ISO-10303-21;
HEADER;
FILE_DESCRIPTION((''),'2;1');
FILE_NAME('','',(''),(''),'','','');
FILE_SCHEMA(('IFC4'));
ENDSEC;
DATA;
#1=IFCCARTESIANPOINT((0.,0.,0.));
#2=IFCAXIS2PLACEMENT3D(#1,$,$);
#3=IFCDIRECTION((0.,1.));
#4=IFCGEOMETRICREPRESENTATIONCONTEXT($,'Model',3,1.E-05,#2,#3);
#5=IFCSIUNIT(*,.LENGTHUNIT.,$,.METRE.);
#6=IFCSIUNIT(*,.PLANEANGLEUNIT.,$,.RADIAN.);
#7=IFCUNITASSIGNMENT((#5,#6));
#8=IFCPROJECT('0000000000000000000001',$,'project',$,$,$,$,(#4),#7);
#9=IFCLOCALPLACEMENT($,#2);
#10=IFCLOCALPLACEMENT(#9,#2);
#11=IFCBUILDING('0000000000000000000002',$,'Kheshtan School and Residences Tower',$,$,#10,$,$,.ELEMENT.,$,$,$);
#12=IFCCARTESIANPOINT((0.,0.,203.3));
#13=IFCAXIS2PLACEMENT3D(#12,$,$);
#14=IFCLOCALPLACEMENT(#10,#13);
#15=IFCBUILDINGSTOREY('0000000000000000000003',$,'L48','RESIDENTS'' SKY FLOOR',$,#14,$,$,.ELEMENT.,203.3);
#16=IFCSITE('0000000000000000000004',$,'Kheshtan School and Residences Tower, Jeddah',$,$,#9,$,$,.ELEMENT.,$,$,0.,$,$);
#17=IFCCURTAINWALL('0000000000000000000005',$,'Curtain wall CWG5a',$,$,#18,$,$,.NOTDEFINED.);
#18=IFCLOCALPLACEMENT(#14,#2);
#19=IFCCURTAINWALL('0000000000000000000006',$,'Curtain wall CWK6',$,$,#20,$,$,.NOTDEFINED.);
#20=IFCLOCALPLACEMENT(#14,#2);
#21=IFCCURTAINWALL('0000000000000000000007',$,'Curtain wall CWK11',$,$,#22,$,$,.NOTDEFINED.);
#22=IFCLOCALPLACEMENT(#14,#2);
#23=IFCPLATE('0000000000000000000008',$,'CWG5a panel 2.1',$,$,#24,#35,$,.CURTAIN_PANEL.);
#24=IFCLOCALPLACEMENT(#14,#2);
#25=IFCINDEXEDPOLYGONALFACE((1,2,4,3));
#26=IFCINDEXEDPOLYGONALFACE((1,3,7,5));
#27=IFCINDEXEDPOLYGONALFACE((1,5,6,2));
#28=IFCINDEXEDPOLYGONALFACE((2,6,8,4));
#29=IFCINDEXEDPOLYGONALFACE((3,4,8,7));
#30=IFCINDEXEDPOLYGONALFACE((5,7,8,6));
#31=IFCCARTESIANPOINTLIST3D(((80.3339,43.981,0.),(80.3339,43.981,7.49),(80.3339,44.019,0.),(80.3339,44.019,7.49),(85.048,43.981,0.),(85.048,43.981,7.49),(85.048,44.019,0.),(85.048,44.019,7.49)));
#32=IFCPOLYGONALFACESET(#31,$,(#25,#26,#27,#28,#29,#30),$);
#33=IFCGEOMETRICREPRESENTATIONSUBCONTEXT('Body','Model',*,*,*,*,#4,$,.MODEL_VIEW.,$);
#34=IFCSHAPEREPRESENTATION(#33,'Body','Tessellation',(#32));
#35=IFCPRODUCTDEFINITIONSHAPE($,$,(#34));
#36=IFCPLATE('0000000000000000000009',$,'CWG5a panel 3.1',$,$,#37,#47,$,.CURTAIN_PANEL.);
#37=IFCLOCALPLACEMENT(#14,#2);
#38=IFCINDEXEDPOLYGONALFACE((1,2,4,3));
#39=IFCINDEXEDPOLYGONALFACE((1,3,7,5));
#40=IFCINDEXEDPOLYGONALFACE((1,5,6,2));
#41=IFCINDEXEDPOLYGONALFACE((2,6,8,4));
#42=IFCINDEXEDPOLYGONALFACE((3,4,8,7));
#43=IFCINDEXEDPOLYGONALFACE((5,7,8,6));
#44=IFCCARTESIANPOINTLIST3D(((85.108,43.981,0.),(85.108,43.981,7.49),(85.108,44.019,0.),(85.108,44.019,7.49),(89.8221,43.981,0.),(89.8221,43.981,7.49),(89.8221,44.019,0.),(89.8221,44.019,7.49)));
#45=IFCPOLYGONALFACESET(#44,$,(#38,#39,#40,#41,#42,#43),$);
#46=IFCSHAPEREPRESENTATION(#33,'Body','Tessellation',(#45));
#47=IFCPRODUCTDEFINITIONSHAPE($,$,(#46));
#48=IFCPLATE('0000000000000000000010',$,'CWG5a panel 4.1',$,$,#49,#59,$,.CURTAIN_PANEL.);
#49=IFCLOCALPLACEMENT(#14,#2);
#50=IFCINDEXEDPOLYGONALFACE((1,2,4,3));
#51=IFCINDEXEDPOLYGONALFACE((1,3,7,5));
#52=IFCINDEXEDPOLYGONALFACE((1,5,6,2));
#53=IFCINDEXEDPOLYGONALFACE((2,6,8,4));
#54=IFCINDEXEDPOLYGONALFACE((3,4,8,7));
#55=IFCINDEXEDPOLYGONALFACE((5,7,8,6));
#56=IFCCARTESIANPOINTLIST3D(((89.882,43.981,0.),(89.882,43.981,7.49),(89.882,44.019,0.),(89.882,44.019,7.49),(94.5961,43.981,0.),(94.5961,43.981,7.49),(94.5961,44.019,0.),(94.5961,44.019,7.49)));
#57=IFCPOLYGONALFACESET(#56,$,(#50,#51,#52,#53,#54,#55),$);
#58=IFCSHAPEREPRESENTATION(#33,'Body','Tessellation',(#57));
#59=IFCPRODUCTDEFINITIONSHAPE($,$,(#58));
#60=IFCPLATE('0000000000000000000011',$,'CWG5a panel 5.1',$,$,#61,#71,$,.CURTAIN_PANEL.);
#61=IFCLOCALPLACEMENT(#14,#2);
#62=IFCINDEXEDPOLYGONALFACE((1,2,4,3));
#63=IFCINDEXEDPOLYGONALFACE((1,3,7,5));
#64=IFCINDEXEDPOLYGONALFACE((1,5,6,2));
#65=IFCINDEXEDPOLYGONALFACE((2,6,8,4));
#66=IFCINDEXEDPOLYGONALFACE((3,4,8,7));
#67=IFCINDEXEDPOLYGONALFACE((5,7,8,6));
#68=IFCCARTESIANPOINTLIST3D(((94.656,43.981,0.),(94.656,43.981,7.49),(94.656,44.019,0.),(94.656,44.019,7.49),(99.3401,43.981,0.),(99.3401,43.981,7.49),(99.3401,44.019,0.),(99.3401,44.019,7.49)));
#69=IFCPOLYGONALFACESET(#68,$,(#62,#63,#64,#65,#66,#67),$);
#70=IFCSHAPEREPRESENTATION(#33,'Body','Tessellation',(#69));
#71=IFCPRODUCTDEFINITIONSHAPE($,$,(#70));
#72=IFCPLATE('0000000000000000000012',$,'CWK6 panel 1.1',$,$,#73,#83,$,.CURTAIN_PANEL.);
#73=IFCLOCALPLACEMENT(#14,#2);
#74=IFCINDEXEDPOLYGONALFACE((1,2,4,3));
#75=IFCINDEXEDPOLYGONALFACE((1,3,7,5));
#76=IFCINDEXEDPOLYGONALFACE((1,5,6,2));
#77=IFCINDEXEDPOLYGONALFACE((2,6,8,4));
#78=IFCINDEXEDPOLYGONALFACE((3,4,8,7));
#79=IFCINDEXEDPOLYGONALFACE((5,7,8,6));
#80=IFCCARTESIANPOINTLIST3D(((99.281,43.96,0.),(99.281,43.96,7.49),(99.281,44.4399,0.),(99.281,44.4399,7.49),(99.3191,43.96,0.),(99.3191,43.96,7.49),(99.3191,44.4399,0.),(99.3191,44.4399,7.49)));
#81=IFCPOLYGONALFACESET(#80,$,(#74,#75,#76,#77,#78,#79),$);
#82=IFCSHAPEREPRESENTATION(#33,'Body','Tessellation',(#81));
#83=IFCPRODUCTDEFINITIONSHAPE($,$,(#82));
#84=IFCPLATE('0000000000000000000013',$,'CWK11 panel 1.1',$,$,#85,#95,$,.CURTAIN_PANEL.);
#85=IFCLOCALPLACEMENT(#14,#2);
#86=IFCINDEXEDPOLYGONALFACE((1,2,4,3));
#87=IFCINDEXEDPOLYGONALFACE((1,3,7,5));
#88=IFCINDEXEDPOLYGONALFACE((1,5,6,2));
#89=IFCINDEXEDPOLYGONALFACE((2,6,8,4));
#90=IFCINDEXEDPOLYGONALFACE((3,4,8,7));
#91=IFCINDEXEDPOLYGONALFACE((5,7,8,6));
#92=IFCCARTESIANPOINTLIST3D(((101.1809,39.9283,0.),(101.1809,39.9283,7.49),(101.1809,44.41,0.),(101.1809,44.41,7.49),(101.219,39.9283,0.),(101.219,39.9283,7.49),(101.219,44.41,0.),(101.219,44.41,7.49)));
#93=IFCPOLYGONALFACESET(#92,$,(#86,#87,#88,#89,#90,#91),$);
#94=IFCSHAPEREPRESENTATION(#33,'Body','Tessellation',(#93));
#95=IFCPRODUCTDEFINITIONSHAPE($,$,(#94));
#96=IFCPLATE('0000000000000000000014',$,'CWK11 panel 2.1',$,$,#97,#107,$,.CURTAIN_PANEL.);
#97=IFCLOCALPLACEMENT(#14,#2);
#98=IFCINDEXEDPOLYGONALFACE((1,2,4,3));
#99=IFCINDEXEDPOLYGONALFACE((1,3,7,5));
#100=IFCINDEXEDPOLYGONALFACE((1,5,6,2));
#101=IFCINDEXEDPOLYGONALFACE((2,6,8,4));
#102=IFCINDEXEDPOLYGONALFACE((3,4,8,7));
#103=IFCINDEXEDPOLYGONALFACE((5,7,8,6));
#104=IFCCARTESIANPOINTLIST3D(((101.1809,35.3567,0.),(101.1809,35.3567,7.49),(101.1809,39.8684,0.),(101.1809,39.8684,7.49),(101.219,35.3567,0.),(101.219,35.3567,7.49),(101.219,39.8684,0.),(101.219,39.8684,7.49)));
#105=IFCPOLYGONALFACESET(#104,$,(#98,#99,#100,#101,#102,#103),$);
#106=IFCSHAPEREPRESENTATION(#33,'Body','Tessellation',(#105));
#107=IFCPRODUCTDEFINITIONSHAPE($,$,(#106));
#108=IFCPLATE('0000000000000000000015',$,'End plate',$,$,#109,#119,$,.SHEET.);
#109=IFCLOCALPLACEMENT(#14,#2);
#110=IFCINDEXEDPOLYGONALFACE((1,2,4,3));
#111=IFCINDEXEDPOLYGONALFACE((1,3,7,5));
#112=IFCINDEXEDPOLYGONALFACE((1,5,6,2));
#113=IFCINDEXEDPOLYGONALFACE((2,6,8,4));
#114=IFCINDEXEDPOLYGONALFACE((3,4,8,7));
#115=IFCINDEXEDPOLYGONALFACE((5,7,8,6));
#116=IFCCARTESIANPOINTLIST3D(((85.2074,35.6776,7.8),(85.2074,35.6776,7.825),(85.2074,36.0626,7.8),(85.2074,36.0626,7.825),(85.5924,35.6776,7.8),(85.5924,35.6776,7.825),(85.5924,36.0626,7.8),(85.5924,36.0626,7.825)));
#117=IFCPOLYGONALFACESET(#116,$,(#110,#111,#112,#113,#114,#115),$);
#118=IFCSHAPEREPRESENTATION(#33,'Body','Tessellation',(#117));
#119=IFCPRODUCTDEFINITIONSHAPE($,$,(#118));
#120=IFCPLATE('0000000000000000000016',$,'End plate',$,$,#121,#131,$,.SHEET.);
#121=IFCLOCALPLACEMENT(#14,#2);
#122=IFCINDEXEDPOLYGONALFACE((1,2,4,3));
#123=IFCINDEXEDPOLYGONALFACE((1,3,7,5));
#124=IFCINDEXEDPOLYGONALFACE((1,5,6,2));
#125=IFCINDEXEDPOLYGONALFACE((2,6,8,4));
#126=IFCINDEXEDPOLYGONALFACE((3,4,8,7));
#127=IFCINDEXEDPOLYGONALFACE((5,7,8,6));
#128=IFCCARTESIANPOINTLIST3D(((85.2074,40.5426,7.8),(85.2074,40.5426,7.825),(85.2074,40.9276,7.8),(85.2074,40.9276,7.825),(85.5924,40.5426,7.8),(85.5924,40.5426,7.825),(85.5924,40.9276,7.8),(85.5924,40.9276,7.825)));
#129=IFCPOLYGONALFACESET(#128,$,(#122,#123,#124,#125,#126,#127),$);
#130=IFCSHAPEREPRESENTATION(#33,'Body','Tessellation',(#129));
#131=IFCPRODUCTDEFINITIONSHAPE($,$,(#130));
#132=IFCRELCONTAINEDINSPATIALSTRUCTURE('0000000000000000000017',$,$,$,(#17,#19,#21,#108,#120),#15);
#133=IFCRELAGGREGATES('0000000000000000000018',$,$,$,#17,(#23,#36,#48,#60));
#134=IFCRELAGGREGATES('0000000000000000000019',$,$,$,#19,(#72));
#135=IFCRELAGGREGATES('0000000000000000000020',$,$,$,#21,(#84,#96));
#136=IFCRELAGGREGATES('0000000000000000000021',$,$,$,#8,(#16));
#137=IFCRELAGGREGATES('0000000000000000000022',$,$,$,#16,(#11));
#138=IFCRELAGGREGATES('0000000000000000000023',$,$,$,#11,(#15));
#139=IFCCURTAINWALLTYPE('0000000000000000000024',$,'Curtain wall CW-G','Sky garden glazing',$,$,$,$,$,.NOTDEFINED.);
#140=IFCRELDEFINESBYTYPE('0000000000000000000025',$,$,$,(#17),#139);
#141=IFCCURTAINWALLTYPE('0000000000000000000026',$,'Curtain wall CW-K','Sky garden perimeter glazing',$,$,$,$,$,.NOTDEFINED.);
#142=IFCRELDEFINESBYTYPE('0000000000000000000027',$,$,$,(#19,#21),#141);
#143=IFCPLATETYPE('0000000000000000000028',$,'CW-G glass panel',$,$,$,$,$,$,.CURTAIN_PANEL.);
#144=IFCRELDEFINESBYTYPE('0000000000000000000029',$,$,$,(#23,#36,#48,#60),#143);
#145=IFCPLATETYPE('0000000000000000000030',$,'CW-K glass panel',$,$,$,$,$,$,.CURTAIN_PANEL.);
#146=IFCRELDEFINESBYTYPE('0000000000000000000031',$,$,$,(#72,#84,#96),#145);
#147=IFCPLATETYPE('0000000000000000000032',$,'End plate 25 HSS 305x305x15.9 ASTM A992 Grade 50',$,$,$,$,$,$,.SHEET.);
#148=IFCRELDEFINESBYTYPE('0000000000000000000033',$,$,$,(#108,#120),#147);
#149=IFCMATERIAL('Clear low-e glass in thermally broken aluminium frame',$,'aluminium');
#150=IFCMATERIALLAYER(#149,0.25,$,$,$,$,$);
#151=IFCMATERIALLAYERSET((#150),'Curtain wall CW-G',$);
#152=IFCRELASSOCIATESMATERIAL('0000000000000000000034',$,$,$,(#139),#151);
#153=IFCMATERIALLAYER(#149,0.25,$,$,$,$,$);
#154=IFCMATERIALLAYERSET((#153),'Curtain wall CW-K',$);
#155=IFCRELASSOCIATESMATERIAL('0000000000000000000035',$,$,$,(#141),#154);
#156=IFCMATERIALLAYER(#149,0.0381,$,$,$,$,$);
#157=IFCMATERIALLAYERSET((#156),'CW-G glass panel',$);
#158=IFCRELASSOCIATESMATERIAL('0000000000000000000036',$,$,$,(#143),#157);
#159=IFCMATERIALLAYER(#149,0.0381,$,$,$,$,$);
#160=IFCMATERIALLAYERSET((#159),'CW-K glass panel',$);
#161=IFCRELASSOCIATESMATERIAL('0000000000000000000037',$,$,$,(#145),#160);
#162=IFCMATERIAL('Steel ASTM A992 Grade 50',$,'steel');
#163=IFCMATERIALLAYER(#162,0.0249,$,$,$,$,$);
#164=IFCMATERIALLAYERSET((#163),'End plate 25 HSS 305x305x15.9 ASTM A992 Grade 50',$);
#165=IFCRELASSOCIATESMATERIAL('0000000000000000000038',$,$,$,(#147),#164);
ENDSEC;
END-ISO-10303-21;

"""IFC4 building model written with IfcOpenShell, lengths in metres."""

from ifc_helpers import new_model, si_unit, direction, frame, origin, origin_2d, place, context, subcontext, project, spatial, rectangle, extrude, material, layer, layer_set, type_object, element, aggregate, save


model = new_model("IFC4")

# Units and contexts
model_context = context("Model", 3, precision=1e-05, world=origin(), true_north=direction((0.0, 1.0)))
body_context = subcontext(model_context, "Body", "Model", "MODEL_VIEW")
ifc_project = project(units=[si_unit("LENGTHUNIT", "METRE"), si_unit("PLANEANGLEUNIT", "RADIAN")], contexts=[model_context])

# Site, building, storey
site_placement = place(None, origin())
site = spatial("IfcSite", under=ifc_project, at=site_placement, Name="Kheshtan School and Residences Tower, Jeddah", CompositionType="ELEMENT", RefElevation=0.0)
building_placement = place(site_placement, origin())
building = spatial("IfcBuilding", under=site, at=building_placement, Name="Kheshtan School and Residences Tower", CompositionType="ELEMENT")
storey_placement = place(building_placement, frame((0.0, 0.0, 203.3)))
storey = spatial("IfcBuildingStorey", under=building, at=storey_placement, Name="L48", Description="RESIDENTS' SKY FLOOR", CompositionType="ELEMENT", Elevation=203.3)

# Shared definitions
ifc_material_1 = material(Name="Steel ASTM A992 Grade 50", Category="steel")

# Curtain walls
ifc_material_2 = material(Name="Clear low-e glass in thermally broken aluminium frame", Category="aluminium")
ifc_layer_1 = layer(ifc_material_2, 0.25)
ifc_layer_set_1 = layer_set([ifc_layer_1], Name="Curtain wall CW-G")
curtain_wall_type_1 = type_object("IfcCurtainWallType", Name="Curtain wall CW-G", Description="Sky garden glazing", PredefinedType="NOTDEFINED", material=ifc_layer_set_1)
curtain_wall_1_placement = place(storey_placement, origin())
curtain_wall_1 = element("IfcCurtainWall", 1, at=curtain_wall_1_placement, inside=storey, type_object=curtain_wall_type_1, Name="Curtain wall CWG5a", PredefinedType="NOTDEFINED")
ifc_layer_2 = layer(ifc_material_2, 0.25)
ifc_layer_set_2 = layer_set([ifc_layer_2], Name="Curtain wall CW-K")
curtain_wall_type_2 = type_object("IfcCurtainWallType", Name="Curtain wall CW-K", Description="Sky garden perimeter glazing", PredefinedType="NOTDEFINED", material=ifc_layer_set_2)
curtain_wall_2_placement = place(storey_placement, origin())
curtain_wall_2 = element("IfcCurtainWall", 2, at=curtain_wall_2_placement, inside=storey, type_object=curtain_wall_type_2, Name="Curtain wall CWK6", PredefinedType="NOTDEFINED")

# Curtain wall
curtain_wall_3_placement = place(storey_placement, origin())
curtain_wall_3 = element("IfcCurtainWall", 3, at=curtain_wall_3_placement, inside=storey, type_object=curtain_wall_type_2, Name="Curtain wall CWK11", PredefinedType="NOTDEFINED")

# Plates
ifc_layer_3 = layer(ifc_material_2, 0.0381)
ifc_layer_set_3 = layer_set([ifc_layer_3], Name="CW-G glass panel")
plate_type_1 = type_object("IfcPlateType", Name="CW-G glass panel", PredefinedType="CURTAIN_PANEL", material=ifc_layer_set_3)
plate_1_placement = place(storey_placement, frame((82.6909, 44.0, 0.0), z_axis=(0.0, 0.0, 1.0), x_axis=(1.0, 0.0, 0.0)))
plate_1 = element("IfcPlate", 4, at=plate_1_placement, type_object=plate_type_1, Name="CWG5a panel 2.1", PredefinedType="CURTAIN_PANEL", context=body_context, shape_type="SweptSolid", body=[
    extrude(rectangle(XDim=4.7141, YDim=0.0381, at=origin_2d()), origin(), (0.0, 0.0, 1.0), 7.49),
])
plate_2_placement = place(storey_placement, frame((87.4651, 44.0, 0.0), z_axis=(0.0, 0.0, 1.0), x_axis=(1.0, 0.0, 0.0)))
plate_2 = element("IfcPlate", 5, at=plate_2_placement, type_object=plate_type_1, Name="CWG5a panel 3.1", PredefinedType="CURTAIN_PANEL", context=body_context, shape_type="SweptSolid", body=[
    extrude(rectangle(XDim=4.7141, YDim=0.0381, at=origin_2d()), origin(), (0.0, 0.0, 1.0), 7.49),
])
plate_3_placement = place(storey_placement, frame((92.239, 44.0, 0.0), z_axis=(0.0, 0.0, 1.0), x_axis=(1.0, 0.0, 0.0)))
plate_3 = element("IfcPlate", 6, at=plate_3_placement, type_object=plate_type_1, Name="CWG5a panel 4.1", PredefinedType="CURTAIN_PANEL", context=body_context, shape_type="SweptSolid", body=[
    extrude(rectangle(XDim=4.7141, YDim=0.0381, at=origin_2d()), origin(), (0.0, 0.0, 1.0), 7.49),
])
plate_4_placement = place(storey_placement, frame((96.998, 44.0, 0.0), z_axis=(0.0, 0.0, 1.0), x_axis=(1.0, 0.0, 0.0)))
plate_4 = element("IfcPlate", 7, at=plate_4_placement, type_object=plate_type_1, Name="CWG5a panel 5.1", PredefinedType="CURTAIN_PANEL", context=body_context, shape_type="SweptSolid", body=[
    extrude(rectangle(XDim=4.6841, YDim=0.0381, at=origin_2d()), origin(), (0.0, 0.0, 1.0), 7.49),
])
aggregate(curtain_wall_1, [plate_1, plate_2, plate_3, plate_4])
ifc_layer_4 = layer(ifc_material_2, 0.0381)
ifc_layer_set_4 = layer_set([ifc_layer_4], Name="CW-K glass panel")
plate_type_2 = type_object("IfcPlateType", Name="CW-K glass panel", PredefinedType="CURTAIN_PANEL", material=ifc_layer_set_4)
plate_5_placement = place(storey_placement, frame((99.3, 44.2, 0.0), z_axis=(0.0, 0.0, 1.0), x_axis=(0.0, 1.0, 0.0)))
plate_5 = element("IfcPlate", 8, at=plate_5_placement, type_object=plate_type_2, Name="CWK6 panel 1.1", PredefinedType="CURTAIN_PANEL", context=body_context, shape_type="SweptSolid", body=[
    extrude(rectangle(XDim=0.48, YDim=0.0381, at=origin_2d()), origin(), (0.0, 0.0, 1.0), 7.49),
])
aggregate(curtain_wall_2, [plate_5])
plate_6_placement = place(storey_placement, frame((101.2, 42.1692, 0.0), z_axis=(0.0, 0.0, 1.0), x_axis=(0.0, -1.0, 0.0)))
plate_6 = element("IfcPlate", 9, at=plate_6_placement, type_object=plate_type_2, Name="CWK11 panel 1.1", PredefinedType="CURTAIN_PANEL", context=body_context, shape_type="SweptSolid", body=[
    extrude(rectangle(XDim=4.4817, YDim=0.0381, at=origin_2d()), origin(), (0.0, 0.0, 1.0), 7.49),
])
plate_7_placement = place(storey_placement, frame((101.2, 37.6125, 0.0), z_axis=(0.0, 0.0, 1.0), x_axis=(0.0, -1.0, 0.0)))
plate_7 = element("IfcPlate", 10, at=plate_7_placement, type_object=plate_type_2, Name="CWK11 panel 2.1", PredefinedType="CURTAIN_PANEL", context=body_context, shape_type="SweptSolid", body=[
    extrude(rectangle(XDim=4.5117, YDim=0.0381, at=origin_2d()), origin(), (0.0, 0.0, 1.0), 7.49),
])
aggregate(curtain_wall_3, [plate_6, plate_7])

# Plates
ifc_layer_5 = layer(ifc_material_1, 0.0249)
ifc_layer_set_5 = layer_set([ifc_layer_5], Name="End plate 25 HSS 305x305x15.9 ASTM A992 Grade 50")
plate_type_3 = type_object("IfcPlateType", Name="End plate 25 HSS 305x305x15.9 ASTM A992 Grade 50", PredefinedType="SHEET", material=ifc_layer_set_5)
for number, where, z_axis, x_axis, name in (
    (11, (85.3999, 35.8701, 7.8), (0.0, 0.0, 1.0), (1.0, 0.0, 0.0), "End plate"),
    (12, (85.3999, 40.7351, 7.8), (0.0, 0.0, 1.0), (1.0, 0.0, 0.0), "End plate"),
):
    element("IfcPlate", number, at=place(storey_placement, frame(where, z_axis=z_axis, x_axis=x_axis)), inside=storey, type_object=plate_type_3, Name=name, PredefinedType="SHEET", context=body_context, shape_type="SweptSolid", body=[
        extrude(rectangle(XDim=0.385, YDim=0.385, at=origin_2d()), origin(), (0.0, 0.0, 1.0), 0.0249),
    ])

save(model, "model.ifc")
